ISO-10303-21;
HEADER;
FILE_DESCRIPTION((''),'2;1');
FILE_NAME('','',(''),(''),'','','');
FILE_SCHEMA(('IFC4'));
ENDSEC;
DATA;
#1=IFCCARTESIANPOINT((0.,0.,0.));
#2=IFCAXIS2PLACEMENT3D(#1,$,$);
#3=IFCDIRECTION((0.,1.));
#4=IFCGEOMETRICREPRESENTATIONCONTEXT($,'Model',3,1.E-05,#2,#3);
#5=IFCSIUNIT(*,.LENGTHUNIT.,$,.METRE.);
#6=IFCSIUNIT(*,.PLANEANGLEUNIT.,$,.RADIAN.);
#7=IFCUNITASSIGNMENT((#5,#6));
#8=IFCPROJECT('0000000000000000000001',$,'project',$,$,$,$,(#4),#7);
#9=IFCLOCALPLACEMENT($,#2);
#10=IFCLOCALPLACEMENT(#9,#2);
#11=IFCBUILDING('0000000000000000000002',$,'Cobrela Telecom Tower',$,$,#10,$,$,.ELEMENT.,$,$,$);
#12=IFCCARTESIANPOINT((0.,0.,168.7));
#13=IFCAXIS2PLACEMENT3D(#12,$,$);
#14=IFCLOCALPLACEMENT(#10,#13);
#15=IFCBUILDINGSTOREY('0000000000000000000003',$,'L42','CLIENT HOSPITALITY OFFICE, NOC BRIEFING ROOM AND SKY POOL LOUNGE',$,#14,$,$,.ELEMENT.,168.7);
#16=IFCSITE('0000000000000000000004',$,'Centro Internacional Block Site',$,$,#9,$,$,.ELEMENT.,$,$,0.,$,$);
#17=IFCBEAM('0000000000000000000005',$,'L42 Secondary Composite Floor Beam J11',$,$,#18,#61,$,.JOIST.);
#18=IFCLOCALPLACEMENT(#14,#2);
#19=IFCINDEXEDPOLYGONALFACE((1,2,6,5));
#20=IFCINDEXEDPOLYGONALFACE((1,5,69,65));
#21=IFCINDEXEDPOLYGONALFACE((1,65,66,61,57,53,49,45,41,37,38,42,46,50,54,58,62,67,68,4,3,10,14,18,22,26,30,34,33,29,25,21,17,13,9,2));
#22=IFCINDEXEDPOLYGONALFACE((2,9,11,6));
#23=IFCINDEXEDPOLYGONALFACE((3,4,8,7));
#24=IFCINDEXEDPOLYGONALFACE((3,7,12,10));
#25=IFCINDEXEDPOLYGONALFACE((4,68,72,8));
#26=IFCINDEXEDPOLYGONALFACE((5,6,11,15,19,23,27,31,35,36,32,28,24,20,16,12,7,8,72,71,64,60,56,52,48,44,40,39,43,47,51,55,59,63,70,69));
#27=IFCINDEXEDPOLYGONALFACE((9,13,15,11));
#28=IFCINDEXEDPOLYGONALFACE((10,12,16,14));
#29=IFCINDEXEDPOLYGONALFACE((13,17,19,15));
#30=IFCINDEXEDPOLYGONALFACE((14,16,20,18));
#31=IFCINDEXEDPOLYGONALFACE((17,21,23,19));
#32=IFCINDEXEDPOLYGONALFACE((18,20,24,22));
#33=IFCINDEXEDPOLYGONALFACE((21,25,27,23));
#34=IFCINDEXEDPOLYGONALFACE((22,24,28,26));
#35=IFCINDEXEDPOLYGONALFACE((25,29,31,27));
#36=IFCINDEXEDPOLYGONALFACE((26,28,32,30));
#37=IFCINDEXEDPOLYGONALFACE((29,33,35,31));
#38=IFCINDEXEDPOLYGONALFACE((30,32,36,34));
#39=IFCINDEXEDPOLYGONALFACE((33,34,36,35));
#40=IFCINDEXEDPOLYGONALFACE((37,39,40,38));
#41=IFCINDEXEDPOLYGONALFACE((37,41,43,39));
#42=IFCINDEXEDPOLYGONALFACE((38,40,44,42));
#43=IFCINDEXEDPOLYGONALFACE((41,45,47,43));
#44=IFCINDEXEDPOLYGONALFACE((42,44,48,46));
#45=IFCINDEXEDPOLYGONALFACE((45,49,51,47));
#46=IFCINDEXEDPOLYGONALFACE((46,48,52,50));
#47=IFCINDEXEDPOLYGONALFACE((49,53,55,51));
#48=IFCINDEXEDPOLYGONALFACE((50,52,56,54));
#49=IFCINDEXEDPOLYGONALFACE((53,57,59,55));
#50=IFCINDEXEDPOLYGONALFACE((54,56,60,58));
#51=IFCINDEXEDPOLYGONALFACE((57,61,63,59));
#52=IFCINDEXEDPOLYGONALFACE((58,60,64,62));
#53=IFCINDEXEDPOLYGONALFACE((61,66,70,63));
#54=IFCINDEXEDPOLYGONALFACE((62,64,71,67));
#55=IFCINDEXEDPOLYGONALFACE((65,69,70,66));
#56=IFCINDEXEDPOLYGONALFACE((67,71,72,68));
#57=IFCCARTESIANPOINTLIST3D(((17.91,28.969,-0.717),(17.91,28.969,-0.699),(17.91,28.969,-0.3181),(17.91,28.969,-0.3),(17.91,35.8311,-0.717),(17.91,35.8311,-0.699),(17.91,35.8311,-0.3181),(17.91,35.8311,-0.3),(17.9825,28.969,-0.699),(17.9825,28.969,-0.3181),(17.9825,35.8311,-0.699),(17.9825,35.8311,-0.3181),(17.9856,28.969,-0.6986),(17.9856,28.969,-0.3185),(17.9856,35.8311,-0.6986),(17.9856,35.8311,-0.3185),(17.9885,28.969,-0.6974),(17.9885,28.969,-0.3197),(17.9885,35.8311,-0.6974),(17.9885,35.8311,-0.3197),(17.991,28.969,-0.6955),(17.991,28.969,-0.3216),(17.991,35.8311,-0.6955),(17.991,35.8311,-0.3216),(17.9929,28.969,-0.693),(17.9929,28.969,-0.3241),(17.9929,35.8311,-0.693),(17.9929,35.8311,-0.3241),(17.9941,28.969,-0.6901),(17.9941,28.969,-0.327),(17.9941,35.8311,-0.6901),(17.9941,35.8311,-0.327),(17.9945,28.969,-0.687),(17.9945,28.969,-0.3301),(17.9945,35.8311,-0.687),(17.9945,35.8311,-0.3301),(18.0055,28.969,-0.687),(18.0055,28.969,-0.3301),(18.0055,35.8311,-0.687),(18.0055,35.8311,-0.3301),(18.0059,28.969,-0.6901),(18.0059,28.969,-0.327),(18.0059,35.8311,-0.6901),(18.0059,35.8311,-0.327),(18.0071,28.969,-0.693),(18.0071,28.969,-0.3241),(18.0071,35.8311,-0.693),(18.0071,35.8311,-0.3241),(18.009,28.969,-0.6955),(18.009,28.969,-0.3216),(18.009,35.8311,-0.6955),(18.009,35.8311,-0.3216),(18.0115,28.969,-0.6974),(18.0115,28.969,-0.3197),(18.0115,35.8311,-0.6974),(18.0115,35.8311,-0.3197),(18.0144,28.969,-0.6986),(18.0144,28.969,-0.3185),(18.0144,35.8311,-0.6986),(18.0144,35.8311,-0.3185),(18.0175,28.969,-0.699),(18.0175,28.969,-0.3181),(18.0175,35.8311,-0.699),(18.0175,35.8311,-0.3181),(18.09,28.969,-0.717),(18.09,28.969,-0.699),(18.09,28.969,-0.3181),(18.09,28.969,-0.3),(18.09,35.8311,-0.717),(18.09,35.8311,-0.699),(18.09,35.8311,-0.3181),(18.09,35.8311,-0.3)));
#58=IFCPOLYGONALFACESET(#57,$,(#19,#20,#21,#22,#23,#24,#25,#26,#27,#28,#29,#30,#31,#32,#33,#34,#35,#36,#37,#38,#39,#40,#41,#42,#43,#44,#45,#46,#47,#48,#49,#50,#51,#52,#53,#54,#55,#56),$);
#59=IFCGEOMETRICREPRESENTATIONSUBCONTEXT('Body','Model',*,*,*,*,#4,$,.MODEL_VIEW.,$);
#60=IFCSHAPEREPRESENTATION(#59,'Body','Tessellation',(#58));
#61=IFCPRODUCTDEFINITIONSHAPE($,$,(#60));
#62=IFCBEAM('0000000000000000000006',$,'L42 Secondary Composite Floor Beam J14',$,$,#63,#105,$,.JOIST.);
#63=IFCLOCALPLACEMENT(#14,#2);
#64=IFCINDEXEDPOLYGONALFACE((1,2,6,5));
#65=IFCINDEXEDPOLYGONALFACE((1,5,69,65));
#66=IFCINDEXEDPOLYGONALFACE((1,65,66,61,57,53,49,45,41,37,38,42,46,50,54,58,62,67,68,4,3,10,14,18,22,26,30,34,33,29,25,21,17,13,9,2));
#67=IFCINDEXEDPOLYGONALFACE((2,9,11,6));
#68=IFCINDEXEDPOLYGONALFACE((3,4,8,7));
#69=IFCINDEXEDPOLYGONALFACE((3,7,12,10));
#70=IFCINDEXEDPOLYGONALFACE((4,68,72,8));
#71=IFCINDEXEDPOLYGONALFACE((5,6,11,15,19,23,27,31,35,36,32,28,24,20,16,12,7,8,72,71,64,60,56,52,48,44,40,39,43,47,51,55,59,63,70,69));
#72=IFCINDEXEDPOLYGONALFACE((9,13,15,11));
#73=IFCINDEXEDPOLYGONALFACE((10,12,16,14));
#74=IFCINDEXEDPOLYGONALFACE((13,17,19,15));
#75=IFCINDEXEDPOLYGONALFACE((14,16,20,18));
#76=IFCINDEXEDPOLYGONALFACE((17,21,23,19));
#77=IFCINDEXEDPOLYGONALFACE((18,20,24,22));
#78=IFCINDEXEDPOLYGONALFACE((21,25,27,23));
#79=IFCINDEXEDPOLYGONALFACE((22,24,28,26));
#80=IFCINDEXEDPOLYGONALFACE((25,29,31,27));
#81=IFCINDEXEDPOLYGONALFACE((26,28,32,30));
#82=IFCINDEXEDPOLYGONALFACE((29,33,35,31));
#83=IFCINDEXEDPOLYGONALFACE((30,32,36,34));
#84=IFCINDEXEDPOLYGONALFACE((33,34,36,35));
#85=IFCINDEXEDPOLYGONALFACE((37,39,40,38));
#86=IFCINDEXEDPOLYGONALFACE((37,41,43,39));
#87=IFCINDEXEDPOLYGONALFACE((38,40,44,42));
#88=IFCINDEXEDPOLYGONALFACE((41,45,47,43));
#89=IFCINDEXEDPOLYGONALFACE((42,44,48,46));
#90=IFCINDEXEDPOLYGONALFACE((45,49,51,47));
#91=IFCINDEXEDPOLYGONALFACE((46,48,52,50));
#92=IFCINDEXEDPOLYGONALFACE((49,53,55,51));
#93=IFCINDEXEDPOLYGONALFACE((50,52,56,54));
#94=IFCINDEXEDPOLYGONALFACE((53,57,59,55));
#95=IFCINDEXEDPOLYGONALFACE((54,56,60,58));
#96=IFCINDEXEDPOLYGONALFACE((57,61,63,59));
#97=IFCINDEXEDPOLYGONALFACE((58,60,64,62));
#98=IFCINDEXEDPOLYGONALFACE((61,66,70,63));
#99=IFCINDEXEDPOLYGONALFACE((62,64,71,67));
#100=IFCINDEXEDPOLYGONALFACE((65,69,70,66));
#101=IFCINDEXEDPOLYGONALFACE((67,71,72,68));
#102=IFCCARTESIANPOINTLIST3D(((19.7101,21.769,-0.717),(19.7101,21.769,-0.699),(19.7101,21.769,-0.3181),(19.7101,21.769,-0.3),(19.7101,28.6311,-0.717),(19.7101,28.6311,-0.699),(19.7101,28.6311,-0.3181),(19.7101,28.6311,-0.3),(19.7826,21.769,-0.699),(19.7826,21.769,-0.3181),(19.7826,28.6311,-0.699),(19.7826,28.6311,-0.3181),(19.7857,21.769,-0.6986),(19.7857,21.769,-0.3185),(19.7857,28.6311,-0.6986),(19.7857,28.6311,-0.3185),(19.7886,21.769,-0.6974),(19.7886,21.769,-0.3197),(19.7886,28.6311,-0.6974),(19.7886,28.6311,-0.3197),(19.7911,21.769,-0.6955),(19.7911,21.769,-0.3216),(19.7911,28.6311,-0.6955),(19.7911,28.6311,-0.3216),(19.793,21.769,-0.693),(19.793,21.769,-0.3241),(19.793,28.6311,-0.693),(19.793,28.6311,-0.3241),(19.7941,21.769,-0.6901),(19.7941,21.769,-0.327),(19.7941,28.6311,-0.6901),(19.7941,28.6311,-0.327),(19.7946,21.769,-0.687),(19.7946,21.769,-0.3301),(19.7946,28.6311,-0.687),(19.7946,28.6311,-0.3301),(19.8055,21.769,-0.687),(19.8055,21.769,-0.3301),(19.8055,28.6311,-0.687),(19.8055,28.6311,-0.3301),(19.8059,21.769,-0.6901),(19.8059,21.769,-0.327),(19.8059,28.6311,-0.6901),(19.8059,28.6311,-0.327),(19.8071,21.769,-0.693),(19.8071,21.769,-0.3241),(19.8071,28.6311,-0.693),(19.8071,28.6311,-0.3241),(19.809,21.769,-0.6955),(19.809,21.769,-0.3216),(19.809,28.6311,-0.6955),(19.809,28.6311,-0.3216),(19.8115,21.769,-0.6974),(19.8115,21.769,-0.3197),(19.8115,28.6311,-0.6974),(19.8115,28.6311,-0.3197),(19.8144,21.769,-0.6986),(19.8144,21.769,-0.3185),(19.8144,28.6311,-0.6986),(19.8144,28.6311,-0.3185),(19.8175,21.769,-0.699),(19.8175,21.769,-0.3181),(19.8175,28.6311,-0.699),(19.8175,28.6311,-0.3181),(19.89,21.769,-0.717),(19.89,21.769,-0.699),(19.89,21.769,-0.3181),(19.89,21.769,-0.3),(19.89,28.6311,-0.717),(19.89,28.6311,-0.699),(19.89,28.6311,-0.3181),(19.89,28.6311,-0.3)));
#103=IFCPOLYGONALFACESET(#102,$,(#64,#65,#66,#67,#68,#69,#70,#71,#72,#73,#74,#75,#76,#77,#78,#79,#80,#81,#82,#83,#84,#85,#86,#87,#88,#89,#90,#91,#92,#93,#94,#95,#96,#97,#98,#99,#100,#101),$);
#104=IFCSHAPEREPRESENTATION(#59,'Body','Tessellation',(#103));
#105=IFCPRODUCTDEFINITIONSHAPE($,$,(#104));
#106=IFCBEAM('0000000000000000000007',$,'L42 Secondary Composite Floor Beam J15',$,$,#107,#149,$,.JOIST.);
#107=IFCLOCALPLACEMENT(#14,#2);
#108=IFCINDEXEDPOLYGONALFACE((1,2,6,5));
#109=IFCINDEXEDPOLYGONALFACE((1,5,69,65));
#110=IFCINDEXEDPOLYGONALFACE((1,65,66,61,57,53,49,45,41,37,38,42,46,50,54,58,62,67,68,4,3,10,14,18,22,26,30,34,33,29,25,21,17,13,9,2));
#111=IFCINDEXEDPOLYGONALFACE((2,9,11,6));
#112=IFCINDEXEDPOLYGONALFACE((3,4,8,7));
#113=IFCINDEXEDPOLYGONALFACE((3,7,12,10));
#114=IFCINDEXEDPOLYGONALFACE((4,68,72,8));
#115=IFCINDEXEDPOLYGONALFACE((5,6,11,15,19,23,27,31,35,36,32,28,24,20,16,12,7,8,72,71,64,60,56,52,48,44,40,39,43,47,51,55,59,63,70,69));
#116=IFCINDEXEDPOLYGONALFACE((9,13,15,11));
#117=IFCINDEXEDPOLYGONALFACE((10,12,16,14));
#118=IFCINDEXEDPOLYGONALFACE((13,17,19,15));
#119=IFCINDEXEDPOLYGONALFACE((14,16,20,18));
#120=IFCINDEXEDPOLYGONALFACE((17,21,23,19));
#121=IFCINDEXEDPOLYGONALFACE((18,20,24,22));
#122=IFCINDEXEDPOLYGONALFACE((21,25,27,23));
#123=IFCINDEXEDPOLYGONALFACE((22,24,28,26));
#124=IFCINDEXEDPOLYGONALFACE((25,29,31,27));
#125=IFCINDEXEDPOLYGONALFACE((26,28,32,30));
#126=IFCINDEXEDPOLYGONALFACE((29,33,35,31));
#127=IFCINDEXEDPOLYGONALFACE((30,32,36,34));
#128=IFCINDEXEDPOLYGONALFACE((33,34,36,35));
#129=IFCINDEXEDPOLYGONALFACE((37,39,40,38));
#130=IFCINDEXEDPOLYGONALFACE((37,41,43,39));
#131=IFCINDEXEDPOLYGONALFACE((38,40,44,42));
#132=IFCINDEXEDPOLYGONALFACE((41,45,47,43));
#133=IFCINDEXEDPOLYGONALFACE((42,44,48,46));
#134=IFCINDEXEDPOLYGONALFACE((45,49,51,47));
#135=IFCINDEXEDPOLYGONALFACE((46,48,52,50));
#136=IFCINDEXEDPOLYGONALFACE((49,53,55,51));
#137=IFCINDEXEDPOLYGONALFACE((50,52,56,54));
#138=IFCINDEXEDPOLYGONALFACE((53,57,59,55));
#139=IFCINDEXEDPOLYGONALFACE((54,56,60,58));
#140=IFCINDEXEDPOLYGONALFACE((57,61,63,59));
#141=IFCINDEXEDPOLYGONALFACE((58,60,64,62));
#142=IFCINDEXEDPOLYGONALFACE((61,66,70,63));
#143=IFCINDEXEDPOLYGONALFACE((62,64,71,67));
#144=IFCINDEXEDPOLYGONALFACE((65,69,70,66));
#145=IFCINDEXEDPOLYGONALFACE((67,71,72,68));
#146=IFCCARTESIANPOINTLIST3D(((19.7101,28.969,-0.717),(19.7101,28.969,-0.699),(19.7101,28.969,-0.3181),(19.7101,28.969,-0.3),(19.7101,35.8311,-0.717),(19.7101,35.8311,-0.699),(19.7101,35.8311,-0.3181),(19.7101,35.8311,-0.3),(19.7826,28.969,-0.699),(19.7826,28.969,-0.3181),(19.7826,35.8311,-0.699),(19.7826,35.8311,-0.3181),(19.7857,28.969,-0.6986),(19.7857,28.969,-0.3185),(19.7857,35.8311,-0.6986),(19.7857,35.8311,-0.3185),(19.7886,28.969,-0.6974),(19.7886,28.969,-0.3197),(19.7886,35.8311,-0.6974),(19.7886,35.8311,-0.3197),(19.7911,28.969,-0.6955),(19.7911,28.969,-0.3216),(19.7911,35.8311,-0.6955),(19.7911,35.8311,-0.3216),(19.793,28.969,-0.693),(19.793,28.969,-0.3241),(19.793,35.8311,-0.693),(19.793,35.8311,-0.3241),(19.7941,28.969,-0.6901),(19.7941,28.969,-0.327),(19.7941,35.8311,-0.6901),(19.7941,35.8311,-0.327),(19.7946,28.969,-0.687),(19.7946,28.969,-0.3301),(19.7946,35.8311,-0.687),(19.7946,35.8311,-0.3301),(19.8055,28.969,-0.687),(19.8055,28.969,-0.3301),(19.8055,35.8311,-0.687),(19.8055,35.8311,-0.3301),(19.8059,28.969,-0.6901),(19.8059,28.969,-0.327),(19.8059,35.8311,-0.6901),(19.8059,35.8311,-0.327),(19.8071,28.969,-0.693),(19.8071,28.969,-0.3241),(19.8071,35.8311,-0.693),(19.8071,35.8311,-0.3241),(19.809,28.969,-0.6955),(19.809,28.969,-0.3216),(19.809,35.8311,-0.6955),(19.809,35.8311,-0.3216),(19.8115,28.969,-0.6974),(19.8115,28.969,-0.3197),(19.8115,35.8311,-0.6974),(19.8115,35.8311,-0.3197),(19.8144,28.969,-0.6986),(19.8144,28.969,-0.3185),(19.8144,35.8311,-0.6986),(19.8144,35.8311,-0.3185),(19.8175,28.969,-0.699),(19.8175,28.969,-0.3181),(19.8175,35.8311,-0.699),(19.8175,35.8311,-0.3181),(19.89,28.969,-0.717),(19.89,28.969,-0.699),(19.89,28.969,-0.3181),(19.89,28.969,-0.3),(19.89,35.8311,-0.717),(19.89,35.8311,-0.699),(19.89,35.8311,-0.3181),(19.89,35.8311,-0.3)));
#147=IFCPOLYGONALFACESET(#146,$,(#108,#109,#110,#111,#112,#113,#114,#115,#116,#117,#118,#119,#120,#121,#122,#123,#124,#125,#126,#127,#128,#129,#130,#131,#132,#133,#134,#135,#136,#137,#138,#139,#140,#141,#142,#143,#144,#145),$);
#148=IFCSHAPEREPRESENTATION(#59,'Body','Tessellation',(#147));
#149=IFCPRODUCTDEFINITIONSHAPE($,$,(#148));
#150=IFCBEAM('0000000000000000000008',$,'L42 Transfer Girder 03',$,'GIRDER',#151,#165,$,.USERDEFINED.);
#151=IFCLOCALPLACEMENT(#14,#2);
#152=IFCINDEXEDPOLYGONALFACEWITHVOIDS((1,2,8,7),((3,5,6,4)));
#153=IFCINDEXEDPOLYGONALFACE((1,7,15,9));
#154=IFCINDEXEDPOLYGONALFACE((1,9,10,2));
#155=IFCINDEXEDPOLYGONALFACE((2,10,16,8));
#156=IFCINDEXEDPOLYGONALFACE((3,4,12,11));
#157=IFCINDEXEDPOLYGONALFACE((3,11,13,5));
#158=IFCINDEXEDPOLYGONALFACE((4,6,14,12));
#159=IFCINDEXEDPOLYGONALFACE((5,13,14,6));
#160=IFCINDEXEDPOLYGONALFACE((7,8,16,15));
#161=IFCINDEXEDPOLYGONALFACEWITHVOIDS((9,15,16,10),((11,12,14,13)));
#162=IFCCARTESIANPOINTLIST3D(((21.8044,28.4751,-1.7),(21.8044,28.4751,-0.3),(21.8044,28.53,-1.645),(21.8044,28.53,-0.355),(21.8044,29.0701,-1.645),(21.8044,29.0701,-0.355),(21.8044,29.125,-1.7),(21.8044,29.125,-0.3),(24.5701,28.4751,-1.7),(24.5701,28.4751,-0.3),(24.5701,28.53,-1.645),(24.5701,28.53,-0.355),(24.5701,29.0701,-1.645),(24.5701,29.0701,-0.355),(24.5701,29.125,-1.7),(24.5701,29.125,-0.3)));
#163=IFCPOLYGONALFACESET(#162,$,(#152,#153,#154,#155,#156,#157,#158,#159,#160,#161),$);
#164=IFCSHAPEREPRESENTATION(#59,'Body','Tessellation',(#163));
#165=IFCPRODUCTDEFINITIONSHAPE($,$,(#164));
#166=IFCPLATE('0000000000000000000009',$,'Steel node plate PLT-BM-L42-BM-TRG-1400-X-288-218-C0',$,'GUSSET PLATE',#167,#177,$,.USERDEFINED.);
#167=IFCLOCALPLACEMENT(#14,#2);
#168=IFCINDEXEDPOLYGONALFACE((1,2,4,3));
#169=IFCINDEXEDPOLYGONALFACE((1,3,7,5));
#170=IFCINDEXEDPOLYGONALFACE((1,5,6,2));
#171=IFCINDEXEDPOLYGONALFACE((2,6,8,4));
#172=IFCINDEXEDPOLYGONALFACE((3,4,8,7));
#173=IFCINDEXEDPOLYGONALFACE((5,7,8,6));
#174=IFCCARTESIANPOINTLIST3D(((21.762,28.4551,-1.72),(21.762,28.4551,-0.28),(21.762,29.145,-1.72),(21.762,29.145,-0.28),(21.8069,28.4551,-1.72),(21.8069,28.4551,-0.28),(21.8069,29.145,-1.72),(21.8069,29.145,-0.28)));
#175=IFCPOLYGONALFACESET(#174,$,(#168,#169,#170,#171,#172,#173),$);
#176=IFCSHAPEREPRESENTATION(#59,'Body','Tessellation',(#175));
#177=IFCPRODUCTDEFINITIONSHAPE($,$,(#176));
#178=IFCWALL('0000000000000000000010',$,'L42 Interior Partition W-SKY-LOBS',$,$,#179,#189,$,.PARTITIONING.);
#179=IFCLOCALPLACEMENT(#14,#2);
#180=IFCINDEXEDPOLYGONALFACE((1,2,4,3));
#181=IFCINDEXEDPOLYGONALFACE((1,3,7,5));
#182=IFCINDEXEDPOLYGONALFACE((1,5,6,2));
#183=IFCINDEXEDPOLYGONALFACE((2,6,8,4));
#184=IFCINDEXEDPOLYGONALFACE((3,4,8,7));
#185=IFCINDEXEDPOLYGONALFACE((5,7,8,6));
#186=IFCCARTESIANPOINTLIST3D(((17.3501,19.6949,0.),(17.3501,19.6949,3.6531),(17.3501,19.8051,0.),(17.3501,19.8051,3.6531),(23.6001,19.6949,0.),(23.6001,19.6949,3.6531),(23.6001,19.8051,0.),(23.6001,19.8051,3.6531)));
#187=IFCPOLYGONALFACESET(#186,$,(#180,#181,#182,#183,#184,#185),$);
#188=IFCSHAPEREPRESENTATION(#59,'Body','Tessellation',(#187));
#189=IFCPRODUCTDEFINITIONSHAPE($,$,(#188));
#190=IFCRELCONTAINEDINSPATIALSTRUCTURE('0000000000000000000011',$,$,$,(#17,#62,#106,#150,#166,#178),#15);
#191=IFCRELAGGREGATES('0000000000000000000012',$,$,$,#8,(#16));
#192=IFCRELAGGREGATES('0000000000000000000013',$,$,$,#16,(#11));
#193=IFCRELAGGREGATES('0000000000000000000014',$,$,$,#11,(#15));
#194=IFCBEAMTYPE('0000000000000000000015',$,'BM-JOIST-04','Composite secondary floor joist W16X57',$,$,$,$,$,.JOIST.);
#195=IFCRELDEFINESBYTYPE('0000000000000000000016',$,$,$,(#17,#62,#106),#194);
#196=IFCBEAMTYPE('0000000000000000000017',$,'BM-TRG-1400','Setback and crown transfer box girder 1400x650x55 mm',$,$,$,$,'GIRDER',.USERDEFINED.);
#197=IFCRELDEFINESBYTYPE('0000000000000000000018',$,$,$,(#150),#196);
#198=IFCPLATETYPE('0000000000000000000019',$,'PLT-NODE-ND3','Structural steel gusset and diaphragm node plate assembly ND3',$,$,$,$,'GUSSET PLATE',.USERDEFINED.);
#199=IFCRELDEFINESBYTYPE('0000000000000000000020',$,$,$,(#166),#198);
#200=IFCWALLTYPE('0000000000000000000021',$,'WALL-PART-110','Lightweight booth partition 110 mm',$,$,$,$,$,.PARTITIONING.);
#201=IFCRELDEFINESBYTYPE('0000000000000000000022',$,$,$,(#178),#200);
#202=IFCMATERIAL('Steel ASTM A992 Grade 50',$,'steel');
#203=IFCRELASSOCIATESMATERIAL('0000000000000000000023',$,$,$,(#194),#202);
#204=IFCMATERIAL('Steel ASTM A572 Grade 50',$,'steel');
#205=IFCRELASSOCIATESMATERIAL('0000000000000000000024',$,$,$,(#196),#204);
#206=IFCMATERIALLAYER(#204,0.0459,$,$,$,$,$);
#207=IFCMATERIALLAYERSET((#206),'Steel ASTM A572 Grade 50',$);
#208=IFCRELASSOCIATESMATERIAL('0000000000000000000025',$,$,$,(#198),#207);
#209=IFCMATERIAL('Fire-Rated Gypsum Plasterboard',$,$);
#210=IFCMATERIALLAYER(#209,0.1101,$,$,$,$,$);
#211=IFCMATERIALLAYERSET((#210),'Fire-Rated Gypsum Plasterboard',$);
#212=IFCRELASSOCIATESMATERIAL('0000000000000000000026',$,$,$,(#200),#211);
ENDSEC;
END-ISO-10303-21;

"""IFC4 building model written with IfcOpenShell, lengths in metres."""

from ifc_helpers import new_model, si_unit, direction, frame, frame_2d, origin, origin_2d, place, context, subcontext, project, spatial, rectangle, hollow_rectangle, i_section, extrude, material, layer, layer_set, material_profile, profile_set, type_object, element, save


model = new_model("IFC4")

# Units and contexts
model_context = context("Model", 3, precision=1e-05, world=origin(), true_north=direction((0.0, 1.0)))
body_context = subcontext(model_context, "Body", "Model", "MODEL_VIEW")
ifc_project = project(units=[si_unit("LENGTHUNIT", "METRE"), si_unit("PLANEANGLEUNIT", "RADIAN")], contexts=[model_context])

# Site, building, storey
site_placement = place(None, origin())
site = spatial("IfcSite", under=ifc_project, at=site_placement, Name="Centro Internacional Block Site", CompositionType="ELEMENT", RefElevation=0.0)
building_placement = place(site_placement, origin())
building = spatial("IfcBuilding", under=site, at=building_placement, Name="Cobrela Telecom Tower", CompositionType="ELEMENT")
storey_placement = place(building_placement, frame((0.0, 0.0, 168.7)))
storey = spatial("IfcBuildingStorey", under=building, at=storey_placement, Name="L42", Description="CLIENT HOSPITALITY OFFICE, NOC BRIEFING ROOM AND SKY POOL LOUNGE", CompositionType="ELEMENT", Elevation=168.7)

# Shared definitions
ifc_material_1 = material(Name="Steel ASTM A992 Grade 50", Category="steel")

# Beams
ifc_material_profile_1 = material_profile(ifc_material_1, i_section(OverallWidth=0.1799, OverallDepth=0.417, WebThickness=0.011, FlangeThickness=0.0181, FilletRadius=0.012, at=origin_2d()), Name="W16X57")
ifc_profile_set_1 = profile_set([ifc_material_profile_1], Name="Steel ASTM A992 Grade 50")
beam_type_1 = type_object("IfcBeamType", Name="BM-JOIST-04", Description="Composite secondary floor joist W16X57", PredefinedType="JOIST", material=ifc_profile_set_1)
for number, where, z_axis, x_axis, name in (
    (1, (18.0, 28.969, -0.5085), (0.0, 1.0, 0.0), (-1.0, 0.0, 0.0), "L42 Secondary Composite Floor Beam J11"),
    (2, (19.8, 21.769, -0.5085), (0.0, 1.0, 0.0), (-1.0, 0.0, 0.0), "L42 Secondary Composite Floor Beam J14"),
    (3, (19.8, 28.969, -0.5085), (0.0, 1.0, 0.0), (-1.0, 0.0, 0.0), "L42 Secondary Composite Floor Beam J15"),
):
    element("IfcBeam", number, at=place(storey_placement, frame(where, z_axis=z_axis, x_axis=x_axis)), inside=storey, type_object=beam_type_1, Name=name, PredefinedType="JOIST", context=body_context, shape_type="SweptSolid", body=[
        extrude(i_section(OverallWidth=0.1799, OverallDepth=0.417, WebThickness=0.011, FlangeThickness=0.0181, FilletRadius=0.012, at=origin_2d()), origin(), (0.0, 0.0, 1.0), 6.8621),
    ])
ifc_material_2 = material(Name="Steel ASTM A572 Grade 50", Category="steel")
ifc_material_profile_2 = material_profile(ifc_material_2, hollow_rectangle(XDim=0.6499, YDim=1.3999, WallThickness=0.0549, at=origin_2d()), Name="BOX 1400x650x55")
ifc_profile_set_2 = profile_set([ifc_material_profile_2], Name="Steel ASTM A572 Grade 50")
beam_type_2 = type_object("IfcBeamType", Name="BM-TRG-1400", Description="Setback and crown transfer box girder 1400x650x55 mm", ElementType="GIRDER", PredefinedType="USERDEFINED", material=ifc_profile_set_2)
beam_placement = place(storey_placement, frame((21.8044, 28.8, -1.0), z_axis=(1.0, 0.0, 0.0), x_axis=(0.0, 1.0, 0.0)))
element("IfcBeam", 4, at=beam_placement, inside=storey, type_object=beam_type_2, Name="L42 Transfer Girder 03", ObjectType="GIRDER", PredefinedType="USERDEFINED", context=body_context, shape_type="SweptSolid", body=[
    extrude(hollow_rectangle(XDim=0.6499, YDim=1.3999, WallThickness=0.0549, at=origin_2d()), origin(), (0.0, 0.0, 1.0), 2.7656),
])

# Plate
ifc_layer_1 = layer(ifc_material_2, 0.0459)
ifc_layer_set_1 = layer_set([ifc_layer_1], Name="Steel ASTM A572 Grade 50")
plate_type = type_object("IfcPlateType", Name="PLT-NODE-ND3", Description="Structural steel gusset and diaphragm node plate assembly ND3", ElementType="GUSSET PLATE", PredefinedType="USERDEFINED", material=ifc_layer_set_1)
plate_placement = place(storey_placement, frame((21.7844, 28.8, -1.72), z_axis=(0.0, 0.0, 1.0), x_axis=(1.0, 0.0, 0.0)))
element("IfcPlate", 5, at=plate_placement, inside=storey, type_object=plate_type, Name="Steel node plate PLT-BM-L42-BM-TRG-1400-X-288-218-C0", ObjectType="GUSSET PLATE", PredefinedType="USERDEFINED", context=body_context, shape_type="SweptSolid", body=[
    extrude(rectangle(XDim=0.0449, YDim=0.6899, at=origin_2d()), origin(), (0.0, 0.0, 1.0), 1.4399),
])

# Wall
ifc_material_3 = material(Name="Fire-Rated Gypsum Plasterboard")
ifc_layer_2 = layer(ifc_material_3, 0.1101)
ifc_layer_set_2 = layer_set([ifc_layer_2], Name="Fire-Rated Gypsum Plasterboard")
wall_type_1 = type_object("IfcWallType", Name="WALL-PART-110", Description="Lightweight booth partition 110 mm", PredefinedType="PARTITIONING", material=ifc_layer_set_2)
wall_1_placement = place(storey_placement, frame((17.3501, 19.75, 0.0), z_axis=(0.0, 0.0, 1.0), x_axis=(1.0, 0.0, 0.0)))
element("IfcWall", 6, at=wall_1_placement, inside=storey, type_object=wall_type_1, Name="L42 Interior Partition W-SKY-LOBS", PredefinedType="PARTITIONING", context=body_context, shape_type="SweptSolid", body=[
    extrude(rectangle(XDim=6.25, YDim=0.1101, at=frame_2d((3.125, 0.0))), origin(), (0.0, 0.0, 1.0), 3.6531),
])

save(model, "model.ifc")
